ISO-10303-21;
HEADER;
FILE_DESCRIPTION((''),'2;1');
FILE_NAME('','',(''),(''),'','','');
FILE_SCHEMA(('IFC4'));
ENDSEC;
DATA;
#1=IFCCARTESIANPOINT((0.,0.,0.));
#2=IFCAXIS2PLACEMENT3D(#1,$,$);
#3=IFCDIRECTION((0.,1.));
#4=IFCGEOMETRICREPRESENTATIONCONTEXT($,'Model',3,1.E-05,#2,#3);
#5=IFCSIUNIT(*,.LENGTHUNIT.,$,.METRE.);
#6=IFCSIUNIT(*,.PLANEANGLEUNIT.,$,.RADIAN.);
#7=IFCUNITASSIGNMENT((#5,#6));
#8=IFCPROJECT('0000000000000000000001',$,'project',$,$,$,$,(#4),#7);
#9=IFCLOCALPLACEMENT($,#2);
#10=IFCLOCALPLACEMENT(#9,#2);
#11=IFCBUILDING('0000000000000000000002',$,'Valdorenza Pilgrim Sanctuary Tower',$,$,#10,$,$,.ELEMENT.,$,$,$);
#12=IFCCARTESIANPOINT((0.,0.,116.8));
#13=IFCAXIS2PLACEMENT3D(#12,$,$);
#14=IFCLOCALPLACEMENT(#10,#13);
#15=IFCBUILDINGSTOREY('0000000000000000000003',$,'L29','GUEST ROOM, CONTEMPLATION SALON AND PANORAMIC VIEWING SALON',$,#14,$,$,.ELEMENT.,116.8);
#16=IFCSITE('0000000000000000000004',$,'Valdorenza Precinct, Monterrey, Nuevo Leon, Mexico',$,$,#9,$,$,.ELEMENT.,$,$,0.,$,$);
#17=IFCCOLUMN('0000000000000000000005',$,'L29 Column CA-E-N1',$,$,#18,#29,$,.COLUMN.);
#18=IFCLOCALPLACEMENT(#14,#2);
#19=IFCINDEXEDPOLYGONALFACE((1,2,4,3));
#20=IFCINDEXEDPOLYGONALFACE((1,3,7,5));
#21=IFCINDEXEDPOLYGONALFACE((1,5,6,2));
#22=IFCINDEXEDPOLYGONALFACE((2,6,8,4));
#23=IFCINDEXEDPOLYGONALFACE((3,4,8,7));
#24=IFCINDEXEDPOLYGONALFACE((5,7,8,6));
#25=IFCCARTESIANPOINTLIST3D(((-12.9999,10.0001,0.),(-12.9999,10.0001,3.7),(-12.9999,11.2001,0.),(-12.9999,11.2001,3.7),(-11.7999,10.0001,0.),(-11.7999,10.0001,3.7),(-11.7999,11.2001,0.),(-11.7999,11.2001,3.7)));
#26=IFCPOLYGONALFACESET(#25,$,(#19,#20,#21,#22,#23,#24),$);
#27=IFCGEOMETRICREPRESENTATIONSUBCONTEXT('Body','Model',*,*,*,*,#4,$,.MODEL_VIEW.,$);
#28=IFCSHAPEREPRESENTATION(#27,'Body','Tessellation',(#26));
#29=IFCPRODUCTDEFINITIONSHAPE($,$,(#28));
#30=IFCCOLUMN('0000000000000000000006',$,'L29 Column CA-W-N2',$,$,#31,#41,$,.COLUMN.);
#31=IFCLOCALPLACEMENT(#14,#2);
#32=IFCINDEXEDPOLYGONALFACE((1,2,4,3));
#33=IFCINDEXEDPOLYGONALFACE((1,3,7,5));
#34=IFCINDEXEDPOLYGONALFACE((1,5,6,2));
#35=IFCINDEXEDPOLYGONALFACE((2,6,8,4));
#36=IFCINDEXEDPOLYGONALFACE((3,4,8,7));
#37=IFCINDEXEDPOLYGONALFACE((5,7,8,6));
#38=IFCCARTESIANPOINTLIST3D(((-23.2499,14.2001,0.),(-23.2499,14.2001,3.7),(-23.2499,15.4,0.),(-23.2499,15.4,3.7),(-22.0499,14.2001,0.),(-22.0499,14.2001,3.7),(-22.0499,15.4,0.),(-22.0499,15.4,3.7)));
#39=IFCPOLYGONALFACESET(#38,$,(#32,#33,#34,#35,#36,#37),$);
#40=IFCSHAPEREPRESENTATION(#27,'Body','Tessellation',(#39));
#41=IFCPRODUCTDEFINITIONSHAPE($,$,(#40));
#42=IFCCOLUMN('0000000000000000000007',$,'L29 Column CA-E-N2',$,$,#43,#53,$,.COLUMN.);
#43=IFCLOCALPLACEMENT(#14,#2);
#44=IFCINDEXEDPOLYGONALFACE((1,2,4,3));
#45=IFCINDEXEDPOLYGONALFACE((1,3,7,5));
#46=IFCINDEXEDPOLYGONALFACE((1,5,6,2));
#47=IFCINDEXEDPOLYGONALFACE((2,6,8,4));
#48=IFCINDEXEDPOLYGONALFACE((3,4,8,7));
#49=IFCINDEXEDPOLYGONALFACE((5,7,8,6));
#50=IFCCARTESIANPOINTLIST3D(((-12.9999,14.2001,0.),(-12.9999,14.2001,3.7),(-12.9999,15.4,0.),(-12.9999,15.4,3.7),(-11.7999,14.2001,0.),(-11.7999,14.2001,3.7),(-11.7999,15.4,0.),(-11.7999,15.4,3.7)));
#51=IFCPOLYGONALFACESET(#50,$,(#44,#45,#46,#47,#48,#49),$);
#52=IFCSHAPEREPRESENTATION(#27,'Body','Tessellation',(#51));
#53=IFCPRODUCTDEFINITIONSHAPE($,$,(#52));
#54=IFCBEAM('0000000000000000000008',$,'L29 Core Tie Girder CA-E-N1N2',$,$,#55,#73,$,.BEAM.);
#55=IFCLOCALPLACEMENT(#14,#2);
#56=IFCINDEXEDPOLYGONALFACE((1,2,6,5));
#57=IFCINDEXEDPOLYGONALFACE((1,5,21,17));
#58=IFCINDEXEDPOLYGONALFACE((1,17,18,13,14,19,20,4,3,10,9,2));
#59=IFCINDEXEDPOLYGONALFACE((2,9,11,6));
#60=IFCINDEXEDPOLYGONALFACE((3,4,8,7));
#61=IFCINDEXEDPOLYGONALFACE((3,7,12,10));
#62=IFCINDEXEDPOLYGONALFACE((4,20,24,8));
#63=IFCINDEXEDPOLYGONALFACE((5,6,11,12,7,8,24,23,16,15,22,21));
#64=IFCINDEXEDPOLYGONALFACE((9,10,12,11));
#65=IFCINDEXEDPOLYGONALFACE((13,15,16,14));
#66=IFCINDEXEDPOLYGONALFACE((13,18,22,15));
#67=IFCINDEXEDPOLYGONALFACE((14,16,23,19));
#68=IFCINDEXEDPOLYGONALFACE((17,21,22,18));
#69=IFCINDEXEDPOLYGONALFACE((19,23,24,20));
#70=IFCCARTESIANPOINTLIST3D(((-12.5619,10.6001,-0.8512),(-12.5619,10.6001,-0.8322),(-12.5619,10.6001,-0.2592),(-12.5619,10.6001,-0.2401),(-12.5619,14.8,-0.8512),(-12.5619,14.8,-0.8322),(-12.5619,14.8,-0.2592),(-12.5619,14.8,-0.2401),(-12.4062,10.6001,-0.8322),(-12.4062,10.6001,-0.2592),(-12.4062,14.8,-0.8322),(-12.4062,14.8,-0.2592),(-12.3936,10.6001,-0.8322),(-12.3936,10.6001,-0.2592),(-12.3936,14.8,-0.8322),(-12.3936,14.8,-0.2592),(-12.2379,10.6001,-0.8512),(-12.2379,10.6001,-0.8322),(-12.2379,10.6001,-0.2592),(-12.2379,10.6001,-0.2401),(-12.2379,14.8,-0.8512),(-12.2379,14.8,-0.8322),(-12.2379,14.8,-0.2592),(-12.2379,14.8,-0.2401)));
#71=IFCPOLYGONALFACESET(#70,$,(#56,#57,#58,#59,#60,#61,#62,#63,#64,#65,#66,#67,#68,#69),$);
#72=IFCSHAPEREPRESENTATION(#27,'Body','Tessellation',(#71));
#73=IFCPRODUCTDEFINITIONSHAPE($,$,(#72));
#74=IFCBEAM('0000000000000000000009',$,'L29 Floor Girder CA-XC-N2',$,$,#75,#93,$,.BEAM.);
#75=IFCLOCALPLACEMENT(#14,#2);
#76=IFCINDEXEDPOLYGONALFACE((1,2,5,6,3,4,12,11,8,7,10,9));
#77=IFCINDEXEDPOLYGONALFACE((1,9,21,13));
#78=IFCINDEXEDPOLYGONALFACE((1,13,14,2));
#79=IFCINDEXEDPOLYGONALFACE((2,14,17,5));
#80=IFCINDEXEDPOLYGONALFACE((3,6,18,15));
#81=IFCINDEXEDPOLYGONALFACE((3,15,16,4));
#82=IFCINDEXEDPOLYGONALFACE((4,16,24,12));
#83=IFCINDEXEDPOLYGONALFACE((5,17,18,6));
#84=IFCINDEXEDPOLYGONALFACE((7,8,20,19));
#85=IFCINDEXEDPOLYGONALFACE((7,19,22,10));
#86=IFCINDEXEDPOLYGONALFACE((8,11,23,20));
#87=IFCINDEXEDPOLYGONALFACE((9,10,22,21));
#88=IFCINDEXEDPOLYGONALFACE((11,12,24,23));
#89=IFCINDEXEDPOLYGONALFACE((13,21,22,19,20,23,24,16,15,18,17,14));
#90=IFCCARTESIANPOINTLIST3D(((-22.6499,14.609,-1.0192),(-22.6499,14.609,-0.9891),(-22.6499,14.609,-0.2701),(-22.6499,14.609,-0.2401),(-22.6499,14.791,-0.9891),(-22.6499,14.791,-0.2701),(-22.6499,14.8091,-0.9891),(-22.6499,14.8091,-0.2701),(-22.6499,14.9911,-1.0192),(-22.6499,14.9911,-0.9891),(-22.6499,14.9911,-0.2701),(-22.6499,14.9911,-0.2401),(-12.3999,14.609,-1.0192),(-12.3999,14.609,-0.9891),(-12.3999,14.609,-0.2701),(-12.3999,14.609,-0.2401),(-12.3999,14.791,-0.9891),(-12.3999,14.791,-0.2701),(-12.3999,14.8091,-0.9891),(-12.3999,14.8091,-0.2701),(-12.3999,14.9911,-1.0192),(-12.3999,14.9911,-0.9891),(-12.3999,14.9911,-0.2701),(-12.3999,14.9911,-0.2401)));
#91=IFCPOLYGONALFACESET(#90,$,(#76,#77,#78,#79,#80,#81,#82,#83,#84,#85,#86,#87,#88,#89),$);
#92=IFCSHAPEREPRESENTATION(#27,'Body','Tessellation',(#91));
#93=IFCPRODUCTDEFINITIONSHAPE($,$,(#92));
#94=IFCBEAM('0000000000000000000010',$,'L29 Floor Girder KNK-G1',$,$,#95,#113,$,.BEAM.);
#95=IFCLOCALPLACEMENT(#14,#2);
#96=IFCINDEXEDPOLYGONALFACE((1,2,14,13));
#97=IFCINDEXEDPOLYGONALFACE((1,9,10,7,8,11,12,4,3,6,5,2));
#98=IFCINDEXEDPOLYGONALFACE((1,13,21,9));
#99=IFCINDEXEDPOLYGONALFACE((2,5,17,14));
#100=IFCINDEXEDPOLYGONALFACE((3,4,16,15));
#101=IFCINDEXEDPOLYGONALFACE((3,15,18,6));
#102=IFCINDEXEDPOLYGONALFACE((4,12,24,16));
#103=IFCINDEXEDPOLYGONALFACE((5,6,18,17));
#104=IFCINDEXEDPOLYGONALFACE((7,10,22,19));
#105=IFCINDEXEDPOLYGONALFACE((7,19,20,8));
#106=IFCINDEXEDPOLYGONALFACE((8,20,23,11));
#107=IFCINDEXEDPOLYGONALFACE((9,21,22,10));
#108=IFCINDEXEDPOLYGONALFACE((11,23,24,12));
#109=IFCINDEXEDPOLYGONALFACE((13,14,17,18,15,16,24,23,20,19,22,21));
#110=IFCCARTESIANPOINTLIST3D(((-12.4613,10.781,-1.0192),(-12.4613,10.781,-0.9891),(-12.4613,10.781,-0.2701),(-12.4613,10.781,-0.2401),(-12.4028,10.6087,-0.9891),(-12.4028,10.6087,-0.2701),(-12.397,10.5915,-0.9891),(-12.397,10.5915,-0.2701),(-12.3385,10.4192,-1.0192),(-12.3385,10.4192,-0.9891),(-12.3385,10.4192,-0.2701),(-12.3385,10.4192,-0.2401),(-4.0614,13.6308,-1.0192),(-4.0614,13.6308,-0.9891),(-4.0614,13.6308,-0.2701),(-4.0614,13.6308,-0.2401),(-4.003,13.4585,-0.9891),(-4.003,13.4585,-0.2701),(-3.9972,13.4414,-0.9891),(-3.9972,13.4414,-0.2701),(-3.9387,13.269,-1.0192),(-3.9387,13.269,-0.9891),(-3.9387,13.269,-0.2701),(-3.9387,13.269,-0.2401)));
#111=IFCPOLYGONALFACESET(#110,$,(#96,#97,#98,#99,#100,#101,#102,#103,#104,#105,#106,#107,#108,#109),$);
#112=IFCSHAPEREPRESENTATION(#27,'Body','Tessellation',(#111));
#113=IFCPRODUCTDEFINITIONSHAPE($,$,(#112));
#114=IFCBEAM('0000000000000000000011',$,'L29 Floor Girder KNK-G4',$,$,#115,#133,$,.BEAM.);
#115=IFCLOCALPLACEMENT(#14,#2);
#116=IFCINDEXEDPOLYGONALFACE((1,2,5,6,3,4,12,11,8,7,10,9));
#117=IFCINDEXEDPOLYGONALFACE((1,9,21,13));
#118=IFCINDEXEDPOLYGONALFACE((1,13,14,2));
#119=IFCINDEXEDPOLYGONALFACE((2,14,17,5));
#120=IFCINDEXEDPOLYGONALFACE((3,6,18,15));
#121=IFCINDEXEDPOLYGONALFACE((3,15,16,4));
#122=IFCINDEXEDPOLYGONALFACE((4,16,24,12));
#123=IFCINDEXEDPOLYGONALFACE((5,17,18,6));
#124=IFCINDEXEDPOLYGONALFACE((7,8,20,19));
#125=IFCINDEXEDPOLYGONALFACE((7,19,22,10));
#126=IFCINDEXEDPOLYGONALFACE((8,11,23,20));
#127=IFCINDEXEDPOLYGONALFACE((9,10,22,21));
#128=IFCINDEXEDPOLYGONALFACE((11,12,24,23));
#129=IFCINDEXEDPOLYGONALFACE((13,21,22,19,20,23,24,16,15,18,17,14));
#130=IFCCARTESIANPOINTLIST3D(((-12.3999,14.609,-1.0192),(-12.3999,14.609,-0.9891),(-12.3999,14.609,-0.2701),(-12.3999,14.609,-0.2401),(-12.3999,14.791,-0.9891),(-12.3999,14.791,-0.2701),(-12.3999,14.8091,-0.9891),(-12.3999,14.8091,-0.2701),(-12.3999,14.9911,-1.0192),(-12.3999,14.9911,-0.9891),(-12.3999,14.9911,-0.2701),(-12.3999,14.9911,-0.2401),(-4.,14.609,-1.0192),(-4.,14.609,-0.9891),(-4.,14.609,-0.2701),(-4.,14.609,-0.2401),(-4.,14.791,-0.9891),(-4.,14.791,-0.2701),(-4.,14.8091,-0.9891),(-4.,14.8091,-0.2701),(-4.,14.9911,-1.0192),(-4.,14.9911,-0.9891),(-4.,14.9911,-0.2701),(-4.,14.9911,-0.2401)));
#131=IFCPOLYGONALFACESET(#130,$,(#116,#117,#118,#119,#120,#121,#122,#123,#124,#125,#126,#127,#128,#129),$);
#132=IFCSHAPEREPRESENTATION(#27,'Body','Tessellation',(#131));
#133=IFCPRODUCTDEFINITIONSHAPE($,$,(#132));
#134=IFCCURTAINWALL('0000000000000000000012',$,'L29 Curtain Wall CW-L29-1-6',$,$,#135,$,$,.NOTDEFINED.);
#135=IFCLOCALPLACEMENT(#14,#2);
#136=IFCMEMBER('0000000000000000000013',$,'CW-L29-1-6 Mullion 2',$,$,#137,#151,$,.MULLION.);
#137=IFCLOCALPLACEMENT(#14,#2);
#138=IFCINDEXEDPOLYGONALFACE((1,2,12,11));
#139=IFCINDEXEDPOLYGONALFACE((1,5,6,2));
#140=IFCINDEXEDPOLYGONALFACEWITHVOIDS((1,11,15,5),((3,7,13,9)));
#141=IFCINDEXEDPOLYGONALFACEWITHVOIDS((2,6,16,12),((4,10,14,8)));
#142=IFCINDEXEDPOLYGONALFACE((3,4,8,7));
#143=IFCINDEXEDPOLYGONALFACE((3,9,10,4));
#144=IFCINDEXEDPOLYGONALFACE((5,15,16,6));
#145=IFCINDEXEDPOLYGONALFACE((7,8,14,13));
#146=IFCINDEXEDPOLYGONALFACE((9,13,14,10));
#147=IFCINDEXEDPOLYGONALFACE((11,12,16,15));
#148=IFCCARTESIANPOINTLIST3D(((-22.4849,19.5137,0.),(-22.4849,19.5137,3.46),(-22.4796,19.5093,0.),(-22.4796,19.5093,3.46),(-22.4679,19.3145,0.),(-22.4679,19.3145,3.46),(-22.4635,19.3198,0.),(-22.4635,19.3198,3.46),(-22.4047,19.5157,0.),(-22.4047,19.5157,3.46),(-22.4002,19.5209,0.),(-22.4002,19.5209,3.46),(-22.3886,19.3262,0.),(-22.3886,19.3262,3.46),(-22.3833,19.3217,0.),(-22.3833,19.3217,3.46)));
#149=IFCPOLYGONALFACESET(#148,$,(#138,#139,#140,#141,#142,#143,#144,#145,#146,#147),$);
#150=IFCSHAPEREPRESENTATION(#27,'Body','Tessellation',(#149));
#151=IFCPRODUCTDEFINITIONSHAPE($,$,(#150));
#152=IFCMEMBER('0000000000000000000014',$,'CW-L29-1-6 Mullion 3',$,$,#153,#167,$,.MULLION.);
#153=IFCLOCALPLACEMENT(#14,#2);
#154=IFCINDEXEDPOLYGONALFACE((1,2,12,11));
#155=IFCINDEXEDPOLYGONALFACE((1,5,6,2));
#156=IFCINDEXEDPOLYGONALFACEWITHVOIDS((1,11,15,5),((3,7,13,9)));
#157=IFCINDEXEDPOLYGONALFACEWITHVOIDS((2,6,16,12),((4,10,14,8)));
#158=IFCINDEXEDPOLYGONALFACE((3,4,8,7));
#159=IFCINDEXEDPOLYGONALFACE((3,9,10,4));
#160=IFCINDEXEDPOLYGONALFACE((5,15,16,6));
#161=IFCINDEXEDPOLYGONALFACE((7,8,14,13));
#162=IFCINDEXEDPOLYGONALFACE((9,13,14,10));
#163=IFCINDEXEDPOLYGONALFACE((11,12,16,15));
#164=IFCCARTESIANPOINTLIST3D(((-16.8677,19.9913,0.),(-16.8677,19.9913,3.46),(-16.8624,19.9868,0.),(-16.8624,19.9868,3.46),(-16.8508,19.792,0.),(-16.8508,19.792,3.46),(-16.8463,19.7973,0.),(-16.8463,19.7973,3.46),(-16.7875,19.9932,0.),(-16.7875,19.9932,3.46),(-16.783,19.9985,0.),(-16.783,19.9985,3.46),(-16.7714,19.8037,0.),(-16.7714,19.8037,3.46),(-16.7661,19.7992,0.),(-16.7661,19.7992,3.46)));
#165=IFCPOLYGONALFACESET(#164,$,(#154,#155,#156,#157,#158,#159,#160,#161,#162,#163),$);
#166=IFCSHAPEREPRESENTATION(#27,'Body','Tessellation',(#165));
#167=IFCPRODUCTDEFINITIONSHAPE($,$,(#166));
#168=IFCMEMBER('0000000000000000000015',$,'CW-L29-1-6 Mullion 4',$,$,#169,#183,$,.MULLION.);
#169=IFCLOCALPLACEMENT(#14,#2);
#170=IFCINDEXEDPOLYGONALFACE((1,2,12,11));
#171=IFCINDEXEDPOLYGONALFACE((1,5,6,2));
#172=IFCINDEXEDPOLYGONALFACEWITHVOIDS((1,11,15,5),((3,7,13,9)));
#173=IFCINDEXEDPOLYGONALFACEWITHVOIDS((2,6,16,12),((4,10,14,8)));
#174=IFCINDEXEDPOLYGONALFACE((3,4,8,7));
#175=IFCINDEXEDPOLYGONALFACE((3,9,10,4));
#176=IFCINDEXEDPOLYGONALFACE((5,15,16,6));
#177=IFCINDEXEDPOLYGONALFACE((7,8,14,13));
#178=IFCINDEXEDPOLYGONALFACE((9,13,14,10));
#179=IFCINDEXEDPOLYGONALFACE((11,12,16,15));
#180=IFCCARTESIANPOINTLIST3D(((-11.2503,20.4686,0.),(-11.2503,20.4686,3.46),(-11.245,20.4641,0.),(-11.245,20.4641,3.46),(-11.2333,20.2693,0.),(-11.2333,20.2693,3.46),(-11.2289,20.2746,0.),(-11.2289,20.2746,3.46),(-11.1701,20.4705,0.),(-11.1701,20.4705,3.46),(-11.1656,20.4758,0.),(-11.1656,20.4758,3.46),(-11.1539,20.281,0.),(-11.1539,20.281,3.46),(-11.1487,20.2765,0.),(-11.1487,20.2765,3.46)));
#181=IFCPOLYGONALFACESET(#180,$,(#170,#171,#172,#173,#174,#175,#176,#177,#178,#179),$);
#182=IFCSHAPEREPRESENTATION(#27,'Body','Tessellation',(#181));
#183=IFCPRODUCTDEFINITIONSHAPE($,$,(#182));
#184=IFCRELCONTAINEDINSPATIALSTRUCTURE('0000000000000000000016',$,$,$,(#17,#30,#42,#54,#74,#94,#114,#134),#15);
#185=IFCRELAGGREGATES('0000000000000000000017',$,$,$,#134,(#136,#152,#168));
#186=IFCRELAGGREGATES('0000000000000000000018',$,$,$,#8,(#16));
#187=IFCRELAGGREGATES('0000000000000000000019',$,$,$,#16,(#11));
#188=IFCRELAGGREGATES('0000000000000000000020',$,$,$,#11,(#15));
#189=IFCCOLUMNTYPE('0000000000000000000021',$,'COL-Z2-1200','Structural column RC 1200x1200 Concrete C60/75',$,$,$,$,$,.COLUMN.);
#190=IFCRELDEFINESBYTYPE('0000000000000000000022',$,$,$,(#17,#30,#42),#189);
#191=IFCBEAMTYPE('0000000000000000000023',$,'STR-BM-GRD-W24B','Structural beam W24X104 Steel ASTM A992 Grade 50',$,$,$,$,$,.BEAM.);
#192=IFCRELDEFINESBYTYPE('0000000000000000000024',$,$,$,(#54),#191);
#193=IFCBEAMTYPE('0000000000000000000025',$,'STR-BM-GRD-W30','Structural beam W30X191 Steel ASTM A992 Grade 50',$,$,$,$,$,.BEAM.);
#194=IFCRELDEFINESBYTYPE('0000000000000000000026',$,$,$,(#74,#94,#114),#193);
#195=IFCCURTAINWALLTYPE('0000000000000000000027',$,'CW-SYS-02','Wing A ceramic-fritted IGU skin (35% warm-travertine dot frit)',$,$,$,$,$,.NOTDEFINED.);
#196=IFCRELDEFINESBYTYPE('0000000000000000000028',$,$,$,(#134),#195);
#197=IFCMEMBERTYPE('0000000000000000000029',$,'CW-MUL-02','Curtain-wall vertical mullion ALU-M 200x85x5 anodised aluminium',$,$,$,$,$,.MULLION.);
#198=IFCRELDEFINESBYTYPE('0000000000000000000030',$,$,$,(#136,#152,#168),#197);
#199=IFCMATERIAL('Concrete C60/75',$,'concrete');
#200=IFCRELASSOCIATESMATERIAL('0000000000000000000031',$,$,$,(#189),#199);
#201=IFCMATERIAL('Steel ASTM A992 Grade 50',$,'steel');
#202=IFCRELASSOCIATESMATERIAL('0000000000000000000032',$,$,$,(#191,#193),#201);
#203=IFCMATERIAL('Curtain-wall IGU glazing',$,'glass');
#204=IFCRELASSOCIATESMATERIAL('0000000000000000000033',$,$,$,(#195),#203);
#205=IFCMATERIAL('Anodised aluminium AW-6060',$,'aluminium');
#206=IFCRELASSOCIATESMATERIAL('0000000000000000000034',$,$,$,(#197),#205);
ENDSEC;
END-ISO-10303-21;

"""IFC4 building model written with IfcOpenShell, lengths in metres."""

from ifc_helpers import new_model, si_unit, direction, frame, origin, origin_2d, place, context, subcontext, project, spatial, rectangle, hollow_rectangle, i_section, extrude, source, transform, mapped, material, material_profile, profile_set, type_object, element, aggregate, save


model = new_model("IFC4")

# Units and contexts
model_context = context("Model", 3, precision=1e-05, world=origin(), true_north=direction((0.0, 1.0)))
body_context = subcontext(model_context, "Body", "Model", "MODEL_VIEW")
ifc_project = project(units=[si_unit("LENGTHUNIT", "METRE"), si_unit("PLANEANGLEUNIT", "RADIAN")], contexts=[model_context])

# Site, building, storey
site_placement = place(None, origin())
site = spatial("IfcSite", under=ifc_project, at=site_placement, Name="Valdorenza Precinct, Monterrey, Nuevo Leon, Mexico", CompositionType="ELEMENT", RefElevation=0.0)
building_placement = place(site_placement, origin())
building = spatial("IfcBuilding", under=site, at=building_placement, Name="Valdorenza Pilgrim Sanctuary Tower", CompositionType="ELEMENT")
storey_placement = place(building_placement, frame((0.0, 0.0, 116.8)))
storey = spatial("IfcBuildingStorey", under=building, at=storey_placement, Name="L29", Description="GUEST ROOM, CONTEMPLATION SALON AND PANORAMIC VIEWING SALON", CompositionType="ELEMENT", Elevation=116.8)

# Columns
ifc_material_1 = material(Name="Concrete C60/75", Category="concrete")
ifc_material_profile_1 = material_profile(ifc_material_1, rectangle(XDim=1.2, YDim=1.2, at=origin_2d()), Name="RC 1200x1200")
ifc_profile_set_1 = profile_set([ifc_material_profile_1], Name="Concrete C60/75")
column_type = type_object("IfcColumnType", Name="COL-Z2-1200", Description="Structural column RC 1200x1200 Concrete C60/75", PredefinedType="COLUMN", material=ifc_profile_set_1)
shared_shape_1 = source(origin(), body_context, "Body", "SweptSolid", [
    extrude(rectangle(XDim=1.2, YDim=1.2, at=origin_2d()), origin(), (0.0, 0.0, 1.0), 3.7),
])
for number, where, z_axis, x_axis, name in (
    (1, (-12.3999, 10.6001, 0.0), (0.0, 0.0, 1.0), (1.0, 0.0, 0.0), "L29 Column CA-E-N1"),
    (2, (-22.6499, 14.8, 0.0), (0.0, 0.0, 1.0), (1.0, 0.0, 0.0), "L29 Column CA-W-N2"),
    (3, (-12.3999, 14.8, 0.0), (0.0, 0.0, 1.0), (1.0, 0.0, 0.0), "L29 Column CA-E-N2"),
):
    element("IfcColumn", number, at=place(storey_placement, frame(where, z_axis=z_axis, x_axis=x_axis)), inside=storey, type_object=column_type, Name=name, PredefinedType="COLUMN", context=body_context, shape_type="MappedRepresentation", body=[
        mapped(shared_shape_1, transform((0.0, 0.0, 0.0), x_axis=(1.0, 0.0, 0.0), y_axis=(0.0, 1.0, 0.0), z_axis=(0.0, 0.0, 1.0), scale=1.0)),
    ])

# Beams
ifc_material_2 = material(Name="Steel ASTM A992 Grade 50", Category="steel")
ifc_material_profile_2 = material_profile(ifc_material_2, i_section(OverallWidth=0.324, OverallDepth=0.6111, WebThickness=0.0127, FlangeThickness=0.019, at=origin_2d()), Name="W24X104")
ifc_profile_set_2 = profile_set([ifc_material_profile_2], Name="Steel ASTM A992 Grade 50")
beam_type_1 = type_object("IfcBeamType", Name="STR-BM-GRD-W24B", Description="Structural beam W24X104 Steel ASTM A992 Grade 50", PredefinedType="BEAM", material=ifc_profile_set_2)
shared_shape_2 = source(origin(), body_context, "Body", "SweptSolid", [
    extrude(i_section(OverallWidth=0.324, OverallDepth=0.6111, WebThickness=0.0127, FlangeThickness=0.019, at=origin_2d()), origin(), (0.0, 0.0, 1.0), 4.2),
])
beam_1_placement = place(storey_placement, frame((-12.3999, 10.6001, -0.5457), z_axis=(0.0, 1.0, 0.0), x_axis=(-1.0, 0.0, 0.0)))
element("IfcBeam", 4, at=beam_1_placement, inside=storey, type_object=beam_type_1, Name="L29 Core Tie Girder CA-E-N1N2", PredefinedType="BEAM", context=body_context, shape_type="MappedRepresentation", body=[
    mapped(shared_shape_2, transform((0.0, 0.0, 0.0), x_axis=(1.0, 0.0, 0.0), y_axis=(0.0, 1.0, 0.0), z_axis=(0.0, 0.0, 1.0), scale=1.0)),
])
ifc_material_profile_3 = material_profile(ifc_material_2, i_section(OverallWidth=0.3821, OverallDepth=0.7791, WebThickness=0.0181, FlangeThickness=0.03, at=origin_2d()), Name="W30X191")
ifc_profile_set_3 = profile_set([ifc_material_profile_3], Name="Steel ASTM A992 Grade 50")
beam_type_2 = type_object("IfcBeamType", Name="STR-BM-GRD-W30", Description="Structural beam W30X191 Steel ASTM A992 Grade 50", PredefinedType="BEAM", material=ifc_profile_set_3)
shared_shape_3 = source(origin(), body_context, "Body", "SweptSolid", [
    extrude(i_section(OverallWidth=0.3821, OverallDepth=0.7791, WebThickness=0.0181, FlangeThickness=0.03, at=origin_2d()), origin(), (0.0, 0.0, 1.0), 10.25),
])
beam_2_placement = place(storey_placement, frame((-22.6499, 14.8, -0.6296), z_axis=(1.0, 0.0, 0.0), x_axis=(0.0, 1.0, 0.0)))
element("IfcBeam", 5, at=beam_2_placement, inside=storey, type_object=beam_type_2, Name="L29 Floor Girder CA-XC-N2", PredefinedType="BEAM", context=body_context, shape_type="MappedRepresentation", body=[
    mapped(shared_shape_3, transform((0.0, 0.0, 0.0), x_axis=(1.0, 0.0, 0.0), y_axis=(0.0, 1.0, 0.0), z_axis=(0.0, 0.0, 1.0), scale=1.0)),
])
shared_shape_4 = source(origin(), body_context, "Body", "SweptSolid", [
    extrude(i_section(OverallWidth=0.3821, OverallDepth=0.7791, WebThickness=0.0181, FlangeThickness=0.03, at=origin_2d()), origin(), (0.0, 0.0, 1.0), 8.8701),
])
beam_3_placement = place(storey_placement, frame((-12.3999, 10.6001, -0.6296), z_axis=(0.946983, 0.321285, 0.0), x_axis=(-0.321285, 0.946983, 0.0)))
element("IfcBeam", 6, at=beam_3_placement, inside=storey, type_object=beam_type_2, Name="L29 Floor Girder KNK-G1", PredefinedType="BEAM", context=body_context, shape_type="MappedRepresentation", body=[
    mapped(shared_shape_4, transform((0.0, 0.0, 0.0), x_axis=(1.0, 0.0, 0.0), y_axis=(0.0, 1.0, 0.0), z_axis=(0.0, 0.0, 1.0), scale=1.0)),
])
shared_shape_5 = source(origin(), body_context, "Body", "SweptSolid", [
    extrude(i_section(OverallWidth=0.3821, OverallDepth=0.7791, WebThickness=0.0181, FlangeThickness=0.03, at=origin_2d()), origin(), (0.0, 0.0, 1.0), 8.3999),
])
beam_4_placement = place(storey_placement, frame((-12.3999, 14.8, -0.6296), z_axis=(1.0, 0.0, 0.0), x_axis=(0.0, 1.0, 0.0)))
element("IfcBeam", 7, at=beam_4_placement, inside=storey, type_object=beam_type_2, Name="L29 Floor Girder KNK-G4", PredefinedType="BEAM", context=body_context, shape_type="MappedRepresentation", body=[
    mapped(shared_shape_5, transform((0.0, 0.0, 0.0), x_axis=(1.0, 0.0, 0.0), y_axis=(0.0, 1.0, 0.0), z_axis=(0.0, 0.0, 1.0), scale=1.0)),
])

# Curtain wall, members
ifc_material_3 = material(Name="Curtain-wall IGU glazing", Category="glass")
curtain_wall_type = type_object("IfcCurtainWallType", Name="CW-SYS-02", Description="Wing A ceramic-fritted IGU skin (35% warm-travertine dot frit)", PredefinedType="NOTDEFINED", material=ifc_material_3)
curtain_wall_1_placement = place(storey_placement, origin())
curtain_wall_1 = element("IfcCurtainWall", 8, at=curtain_wall_1_placement, inside=storey, type_object=curtain_wall_type, Name="L29 Curtain Wall CW-L29-1-6", PredefinedType="NOTDEFINED")
ifc_material_4 = material(Name="Anodised aluminium AW-6060", Category="aluminium")
ifc_material_profile_4 = material_profile(ifc_material_4, hollow_rectangle(XDim=0.085, YDim=0.2, WallThickness=0.0049, at=origin_2d()), Name="ALU-M 200x85x5")
ifc_profile_set_4 = profile_set([ifc_material_profile_4], Name="Anodised aluminium AW-6060")
member_type_1 = type_object("IfcMemberType", Name="CW-MUL-02", Description="Curtain-wall vertical mullion ALU-M 200x85x5 anodised aluminium", PredefinedType="MULLION", material=ifc_profile_set_4)
shared_shape_6 = source(origin(), body_context, "Body", "SweptSolid", [
    extrude(hollow_rectangle(XDim=0.085, YDim=0.2, WallThickness=0.0049, at=origin_2d()), origin(), (0.0, 0.0, 1.0), 3.46),
])
member_1_placement = place(storey_placement, frame((-22.4341, 19.4177, 0.0), z_axis=(0.0, 0.0, 1.0), x_axis=(0.996408, 0.084687, 0.0)))
member_1 = element("IfcMember", 9, at=member_1_placement, type_object=member_type_1, Name="CW-L29-1-6 Mullion 2", PredefinedType="MULLION", context=body_context, shape_type="MappedRepresentation", body=[
    mapped(shared_shape_6, transform((0.0, 0.0, 0.0), x_axis=(1.0, 0.0, 0.0), y_axis=(0.0, 1.0, 0.0), z_axis=(0.0, 0.0, 1.0), scale=1.0)),
])
member_2_placement = place(storey_placement, frame((-16.8169, 19.8953, 0.0), z_axis=(0.0, 0.0, 1.0), x_axis=(0.996408, 0.084687, 0.0)))
member_2 = element("IfcMember", 10, at=member_2_placement, type_object=member_type_1, Name="CW-L29-1-6 Mullion 3", PredefinedType="MULLION", context=body_context, shape_type="MappedRepresentation", body=[
    mapped(shared_shape_6, transform((0.0, 0.0, 0.0), x_axis=(1.0, 0.0, 0.0), y_axis=(0.0, 1.0, 0.0), z_axis=(0.0, 0.0, 1.0), scale=1.0)),
])
member_3_placement = place(storey_placement, frame((-11.1995, 20.3726, 0.0), z_axis=(0.0, 0.0, 1.0), x_axis=(0.996408, 0.084687, 0.0)))
member_3 = element("IfcMember", 11, at=member_3_placement, type_object=member_type_1, Name="CW-L29-1-6 Mullion 4", PredefinedType="MULLION", context=body_context, shape_type="MappedRepresentation", body=[
    mapped(shared_shape_6, transform((0.0, 0.0, 0.0), x_axis=(1.0, 0.0, 0.0), y_axis=(0.0, 1.0, 0.0), z_axis=(0.0, 0.0, 1.0), scale=1.0)),
])

aggregate(curtain_wall_1, [member_1, member_2, member_3])

save(model, "model.ifc")
